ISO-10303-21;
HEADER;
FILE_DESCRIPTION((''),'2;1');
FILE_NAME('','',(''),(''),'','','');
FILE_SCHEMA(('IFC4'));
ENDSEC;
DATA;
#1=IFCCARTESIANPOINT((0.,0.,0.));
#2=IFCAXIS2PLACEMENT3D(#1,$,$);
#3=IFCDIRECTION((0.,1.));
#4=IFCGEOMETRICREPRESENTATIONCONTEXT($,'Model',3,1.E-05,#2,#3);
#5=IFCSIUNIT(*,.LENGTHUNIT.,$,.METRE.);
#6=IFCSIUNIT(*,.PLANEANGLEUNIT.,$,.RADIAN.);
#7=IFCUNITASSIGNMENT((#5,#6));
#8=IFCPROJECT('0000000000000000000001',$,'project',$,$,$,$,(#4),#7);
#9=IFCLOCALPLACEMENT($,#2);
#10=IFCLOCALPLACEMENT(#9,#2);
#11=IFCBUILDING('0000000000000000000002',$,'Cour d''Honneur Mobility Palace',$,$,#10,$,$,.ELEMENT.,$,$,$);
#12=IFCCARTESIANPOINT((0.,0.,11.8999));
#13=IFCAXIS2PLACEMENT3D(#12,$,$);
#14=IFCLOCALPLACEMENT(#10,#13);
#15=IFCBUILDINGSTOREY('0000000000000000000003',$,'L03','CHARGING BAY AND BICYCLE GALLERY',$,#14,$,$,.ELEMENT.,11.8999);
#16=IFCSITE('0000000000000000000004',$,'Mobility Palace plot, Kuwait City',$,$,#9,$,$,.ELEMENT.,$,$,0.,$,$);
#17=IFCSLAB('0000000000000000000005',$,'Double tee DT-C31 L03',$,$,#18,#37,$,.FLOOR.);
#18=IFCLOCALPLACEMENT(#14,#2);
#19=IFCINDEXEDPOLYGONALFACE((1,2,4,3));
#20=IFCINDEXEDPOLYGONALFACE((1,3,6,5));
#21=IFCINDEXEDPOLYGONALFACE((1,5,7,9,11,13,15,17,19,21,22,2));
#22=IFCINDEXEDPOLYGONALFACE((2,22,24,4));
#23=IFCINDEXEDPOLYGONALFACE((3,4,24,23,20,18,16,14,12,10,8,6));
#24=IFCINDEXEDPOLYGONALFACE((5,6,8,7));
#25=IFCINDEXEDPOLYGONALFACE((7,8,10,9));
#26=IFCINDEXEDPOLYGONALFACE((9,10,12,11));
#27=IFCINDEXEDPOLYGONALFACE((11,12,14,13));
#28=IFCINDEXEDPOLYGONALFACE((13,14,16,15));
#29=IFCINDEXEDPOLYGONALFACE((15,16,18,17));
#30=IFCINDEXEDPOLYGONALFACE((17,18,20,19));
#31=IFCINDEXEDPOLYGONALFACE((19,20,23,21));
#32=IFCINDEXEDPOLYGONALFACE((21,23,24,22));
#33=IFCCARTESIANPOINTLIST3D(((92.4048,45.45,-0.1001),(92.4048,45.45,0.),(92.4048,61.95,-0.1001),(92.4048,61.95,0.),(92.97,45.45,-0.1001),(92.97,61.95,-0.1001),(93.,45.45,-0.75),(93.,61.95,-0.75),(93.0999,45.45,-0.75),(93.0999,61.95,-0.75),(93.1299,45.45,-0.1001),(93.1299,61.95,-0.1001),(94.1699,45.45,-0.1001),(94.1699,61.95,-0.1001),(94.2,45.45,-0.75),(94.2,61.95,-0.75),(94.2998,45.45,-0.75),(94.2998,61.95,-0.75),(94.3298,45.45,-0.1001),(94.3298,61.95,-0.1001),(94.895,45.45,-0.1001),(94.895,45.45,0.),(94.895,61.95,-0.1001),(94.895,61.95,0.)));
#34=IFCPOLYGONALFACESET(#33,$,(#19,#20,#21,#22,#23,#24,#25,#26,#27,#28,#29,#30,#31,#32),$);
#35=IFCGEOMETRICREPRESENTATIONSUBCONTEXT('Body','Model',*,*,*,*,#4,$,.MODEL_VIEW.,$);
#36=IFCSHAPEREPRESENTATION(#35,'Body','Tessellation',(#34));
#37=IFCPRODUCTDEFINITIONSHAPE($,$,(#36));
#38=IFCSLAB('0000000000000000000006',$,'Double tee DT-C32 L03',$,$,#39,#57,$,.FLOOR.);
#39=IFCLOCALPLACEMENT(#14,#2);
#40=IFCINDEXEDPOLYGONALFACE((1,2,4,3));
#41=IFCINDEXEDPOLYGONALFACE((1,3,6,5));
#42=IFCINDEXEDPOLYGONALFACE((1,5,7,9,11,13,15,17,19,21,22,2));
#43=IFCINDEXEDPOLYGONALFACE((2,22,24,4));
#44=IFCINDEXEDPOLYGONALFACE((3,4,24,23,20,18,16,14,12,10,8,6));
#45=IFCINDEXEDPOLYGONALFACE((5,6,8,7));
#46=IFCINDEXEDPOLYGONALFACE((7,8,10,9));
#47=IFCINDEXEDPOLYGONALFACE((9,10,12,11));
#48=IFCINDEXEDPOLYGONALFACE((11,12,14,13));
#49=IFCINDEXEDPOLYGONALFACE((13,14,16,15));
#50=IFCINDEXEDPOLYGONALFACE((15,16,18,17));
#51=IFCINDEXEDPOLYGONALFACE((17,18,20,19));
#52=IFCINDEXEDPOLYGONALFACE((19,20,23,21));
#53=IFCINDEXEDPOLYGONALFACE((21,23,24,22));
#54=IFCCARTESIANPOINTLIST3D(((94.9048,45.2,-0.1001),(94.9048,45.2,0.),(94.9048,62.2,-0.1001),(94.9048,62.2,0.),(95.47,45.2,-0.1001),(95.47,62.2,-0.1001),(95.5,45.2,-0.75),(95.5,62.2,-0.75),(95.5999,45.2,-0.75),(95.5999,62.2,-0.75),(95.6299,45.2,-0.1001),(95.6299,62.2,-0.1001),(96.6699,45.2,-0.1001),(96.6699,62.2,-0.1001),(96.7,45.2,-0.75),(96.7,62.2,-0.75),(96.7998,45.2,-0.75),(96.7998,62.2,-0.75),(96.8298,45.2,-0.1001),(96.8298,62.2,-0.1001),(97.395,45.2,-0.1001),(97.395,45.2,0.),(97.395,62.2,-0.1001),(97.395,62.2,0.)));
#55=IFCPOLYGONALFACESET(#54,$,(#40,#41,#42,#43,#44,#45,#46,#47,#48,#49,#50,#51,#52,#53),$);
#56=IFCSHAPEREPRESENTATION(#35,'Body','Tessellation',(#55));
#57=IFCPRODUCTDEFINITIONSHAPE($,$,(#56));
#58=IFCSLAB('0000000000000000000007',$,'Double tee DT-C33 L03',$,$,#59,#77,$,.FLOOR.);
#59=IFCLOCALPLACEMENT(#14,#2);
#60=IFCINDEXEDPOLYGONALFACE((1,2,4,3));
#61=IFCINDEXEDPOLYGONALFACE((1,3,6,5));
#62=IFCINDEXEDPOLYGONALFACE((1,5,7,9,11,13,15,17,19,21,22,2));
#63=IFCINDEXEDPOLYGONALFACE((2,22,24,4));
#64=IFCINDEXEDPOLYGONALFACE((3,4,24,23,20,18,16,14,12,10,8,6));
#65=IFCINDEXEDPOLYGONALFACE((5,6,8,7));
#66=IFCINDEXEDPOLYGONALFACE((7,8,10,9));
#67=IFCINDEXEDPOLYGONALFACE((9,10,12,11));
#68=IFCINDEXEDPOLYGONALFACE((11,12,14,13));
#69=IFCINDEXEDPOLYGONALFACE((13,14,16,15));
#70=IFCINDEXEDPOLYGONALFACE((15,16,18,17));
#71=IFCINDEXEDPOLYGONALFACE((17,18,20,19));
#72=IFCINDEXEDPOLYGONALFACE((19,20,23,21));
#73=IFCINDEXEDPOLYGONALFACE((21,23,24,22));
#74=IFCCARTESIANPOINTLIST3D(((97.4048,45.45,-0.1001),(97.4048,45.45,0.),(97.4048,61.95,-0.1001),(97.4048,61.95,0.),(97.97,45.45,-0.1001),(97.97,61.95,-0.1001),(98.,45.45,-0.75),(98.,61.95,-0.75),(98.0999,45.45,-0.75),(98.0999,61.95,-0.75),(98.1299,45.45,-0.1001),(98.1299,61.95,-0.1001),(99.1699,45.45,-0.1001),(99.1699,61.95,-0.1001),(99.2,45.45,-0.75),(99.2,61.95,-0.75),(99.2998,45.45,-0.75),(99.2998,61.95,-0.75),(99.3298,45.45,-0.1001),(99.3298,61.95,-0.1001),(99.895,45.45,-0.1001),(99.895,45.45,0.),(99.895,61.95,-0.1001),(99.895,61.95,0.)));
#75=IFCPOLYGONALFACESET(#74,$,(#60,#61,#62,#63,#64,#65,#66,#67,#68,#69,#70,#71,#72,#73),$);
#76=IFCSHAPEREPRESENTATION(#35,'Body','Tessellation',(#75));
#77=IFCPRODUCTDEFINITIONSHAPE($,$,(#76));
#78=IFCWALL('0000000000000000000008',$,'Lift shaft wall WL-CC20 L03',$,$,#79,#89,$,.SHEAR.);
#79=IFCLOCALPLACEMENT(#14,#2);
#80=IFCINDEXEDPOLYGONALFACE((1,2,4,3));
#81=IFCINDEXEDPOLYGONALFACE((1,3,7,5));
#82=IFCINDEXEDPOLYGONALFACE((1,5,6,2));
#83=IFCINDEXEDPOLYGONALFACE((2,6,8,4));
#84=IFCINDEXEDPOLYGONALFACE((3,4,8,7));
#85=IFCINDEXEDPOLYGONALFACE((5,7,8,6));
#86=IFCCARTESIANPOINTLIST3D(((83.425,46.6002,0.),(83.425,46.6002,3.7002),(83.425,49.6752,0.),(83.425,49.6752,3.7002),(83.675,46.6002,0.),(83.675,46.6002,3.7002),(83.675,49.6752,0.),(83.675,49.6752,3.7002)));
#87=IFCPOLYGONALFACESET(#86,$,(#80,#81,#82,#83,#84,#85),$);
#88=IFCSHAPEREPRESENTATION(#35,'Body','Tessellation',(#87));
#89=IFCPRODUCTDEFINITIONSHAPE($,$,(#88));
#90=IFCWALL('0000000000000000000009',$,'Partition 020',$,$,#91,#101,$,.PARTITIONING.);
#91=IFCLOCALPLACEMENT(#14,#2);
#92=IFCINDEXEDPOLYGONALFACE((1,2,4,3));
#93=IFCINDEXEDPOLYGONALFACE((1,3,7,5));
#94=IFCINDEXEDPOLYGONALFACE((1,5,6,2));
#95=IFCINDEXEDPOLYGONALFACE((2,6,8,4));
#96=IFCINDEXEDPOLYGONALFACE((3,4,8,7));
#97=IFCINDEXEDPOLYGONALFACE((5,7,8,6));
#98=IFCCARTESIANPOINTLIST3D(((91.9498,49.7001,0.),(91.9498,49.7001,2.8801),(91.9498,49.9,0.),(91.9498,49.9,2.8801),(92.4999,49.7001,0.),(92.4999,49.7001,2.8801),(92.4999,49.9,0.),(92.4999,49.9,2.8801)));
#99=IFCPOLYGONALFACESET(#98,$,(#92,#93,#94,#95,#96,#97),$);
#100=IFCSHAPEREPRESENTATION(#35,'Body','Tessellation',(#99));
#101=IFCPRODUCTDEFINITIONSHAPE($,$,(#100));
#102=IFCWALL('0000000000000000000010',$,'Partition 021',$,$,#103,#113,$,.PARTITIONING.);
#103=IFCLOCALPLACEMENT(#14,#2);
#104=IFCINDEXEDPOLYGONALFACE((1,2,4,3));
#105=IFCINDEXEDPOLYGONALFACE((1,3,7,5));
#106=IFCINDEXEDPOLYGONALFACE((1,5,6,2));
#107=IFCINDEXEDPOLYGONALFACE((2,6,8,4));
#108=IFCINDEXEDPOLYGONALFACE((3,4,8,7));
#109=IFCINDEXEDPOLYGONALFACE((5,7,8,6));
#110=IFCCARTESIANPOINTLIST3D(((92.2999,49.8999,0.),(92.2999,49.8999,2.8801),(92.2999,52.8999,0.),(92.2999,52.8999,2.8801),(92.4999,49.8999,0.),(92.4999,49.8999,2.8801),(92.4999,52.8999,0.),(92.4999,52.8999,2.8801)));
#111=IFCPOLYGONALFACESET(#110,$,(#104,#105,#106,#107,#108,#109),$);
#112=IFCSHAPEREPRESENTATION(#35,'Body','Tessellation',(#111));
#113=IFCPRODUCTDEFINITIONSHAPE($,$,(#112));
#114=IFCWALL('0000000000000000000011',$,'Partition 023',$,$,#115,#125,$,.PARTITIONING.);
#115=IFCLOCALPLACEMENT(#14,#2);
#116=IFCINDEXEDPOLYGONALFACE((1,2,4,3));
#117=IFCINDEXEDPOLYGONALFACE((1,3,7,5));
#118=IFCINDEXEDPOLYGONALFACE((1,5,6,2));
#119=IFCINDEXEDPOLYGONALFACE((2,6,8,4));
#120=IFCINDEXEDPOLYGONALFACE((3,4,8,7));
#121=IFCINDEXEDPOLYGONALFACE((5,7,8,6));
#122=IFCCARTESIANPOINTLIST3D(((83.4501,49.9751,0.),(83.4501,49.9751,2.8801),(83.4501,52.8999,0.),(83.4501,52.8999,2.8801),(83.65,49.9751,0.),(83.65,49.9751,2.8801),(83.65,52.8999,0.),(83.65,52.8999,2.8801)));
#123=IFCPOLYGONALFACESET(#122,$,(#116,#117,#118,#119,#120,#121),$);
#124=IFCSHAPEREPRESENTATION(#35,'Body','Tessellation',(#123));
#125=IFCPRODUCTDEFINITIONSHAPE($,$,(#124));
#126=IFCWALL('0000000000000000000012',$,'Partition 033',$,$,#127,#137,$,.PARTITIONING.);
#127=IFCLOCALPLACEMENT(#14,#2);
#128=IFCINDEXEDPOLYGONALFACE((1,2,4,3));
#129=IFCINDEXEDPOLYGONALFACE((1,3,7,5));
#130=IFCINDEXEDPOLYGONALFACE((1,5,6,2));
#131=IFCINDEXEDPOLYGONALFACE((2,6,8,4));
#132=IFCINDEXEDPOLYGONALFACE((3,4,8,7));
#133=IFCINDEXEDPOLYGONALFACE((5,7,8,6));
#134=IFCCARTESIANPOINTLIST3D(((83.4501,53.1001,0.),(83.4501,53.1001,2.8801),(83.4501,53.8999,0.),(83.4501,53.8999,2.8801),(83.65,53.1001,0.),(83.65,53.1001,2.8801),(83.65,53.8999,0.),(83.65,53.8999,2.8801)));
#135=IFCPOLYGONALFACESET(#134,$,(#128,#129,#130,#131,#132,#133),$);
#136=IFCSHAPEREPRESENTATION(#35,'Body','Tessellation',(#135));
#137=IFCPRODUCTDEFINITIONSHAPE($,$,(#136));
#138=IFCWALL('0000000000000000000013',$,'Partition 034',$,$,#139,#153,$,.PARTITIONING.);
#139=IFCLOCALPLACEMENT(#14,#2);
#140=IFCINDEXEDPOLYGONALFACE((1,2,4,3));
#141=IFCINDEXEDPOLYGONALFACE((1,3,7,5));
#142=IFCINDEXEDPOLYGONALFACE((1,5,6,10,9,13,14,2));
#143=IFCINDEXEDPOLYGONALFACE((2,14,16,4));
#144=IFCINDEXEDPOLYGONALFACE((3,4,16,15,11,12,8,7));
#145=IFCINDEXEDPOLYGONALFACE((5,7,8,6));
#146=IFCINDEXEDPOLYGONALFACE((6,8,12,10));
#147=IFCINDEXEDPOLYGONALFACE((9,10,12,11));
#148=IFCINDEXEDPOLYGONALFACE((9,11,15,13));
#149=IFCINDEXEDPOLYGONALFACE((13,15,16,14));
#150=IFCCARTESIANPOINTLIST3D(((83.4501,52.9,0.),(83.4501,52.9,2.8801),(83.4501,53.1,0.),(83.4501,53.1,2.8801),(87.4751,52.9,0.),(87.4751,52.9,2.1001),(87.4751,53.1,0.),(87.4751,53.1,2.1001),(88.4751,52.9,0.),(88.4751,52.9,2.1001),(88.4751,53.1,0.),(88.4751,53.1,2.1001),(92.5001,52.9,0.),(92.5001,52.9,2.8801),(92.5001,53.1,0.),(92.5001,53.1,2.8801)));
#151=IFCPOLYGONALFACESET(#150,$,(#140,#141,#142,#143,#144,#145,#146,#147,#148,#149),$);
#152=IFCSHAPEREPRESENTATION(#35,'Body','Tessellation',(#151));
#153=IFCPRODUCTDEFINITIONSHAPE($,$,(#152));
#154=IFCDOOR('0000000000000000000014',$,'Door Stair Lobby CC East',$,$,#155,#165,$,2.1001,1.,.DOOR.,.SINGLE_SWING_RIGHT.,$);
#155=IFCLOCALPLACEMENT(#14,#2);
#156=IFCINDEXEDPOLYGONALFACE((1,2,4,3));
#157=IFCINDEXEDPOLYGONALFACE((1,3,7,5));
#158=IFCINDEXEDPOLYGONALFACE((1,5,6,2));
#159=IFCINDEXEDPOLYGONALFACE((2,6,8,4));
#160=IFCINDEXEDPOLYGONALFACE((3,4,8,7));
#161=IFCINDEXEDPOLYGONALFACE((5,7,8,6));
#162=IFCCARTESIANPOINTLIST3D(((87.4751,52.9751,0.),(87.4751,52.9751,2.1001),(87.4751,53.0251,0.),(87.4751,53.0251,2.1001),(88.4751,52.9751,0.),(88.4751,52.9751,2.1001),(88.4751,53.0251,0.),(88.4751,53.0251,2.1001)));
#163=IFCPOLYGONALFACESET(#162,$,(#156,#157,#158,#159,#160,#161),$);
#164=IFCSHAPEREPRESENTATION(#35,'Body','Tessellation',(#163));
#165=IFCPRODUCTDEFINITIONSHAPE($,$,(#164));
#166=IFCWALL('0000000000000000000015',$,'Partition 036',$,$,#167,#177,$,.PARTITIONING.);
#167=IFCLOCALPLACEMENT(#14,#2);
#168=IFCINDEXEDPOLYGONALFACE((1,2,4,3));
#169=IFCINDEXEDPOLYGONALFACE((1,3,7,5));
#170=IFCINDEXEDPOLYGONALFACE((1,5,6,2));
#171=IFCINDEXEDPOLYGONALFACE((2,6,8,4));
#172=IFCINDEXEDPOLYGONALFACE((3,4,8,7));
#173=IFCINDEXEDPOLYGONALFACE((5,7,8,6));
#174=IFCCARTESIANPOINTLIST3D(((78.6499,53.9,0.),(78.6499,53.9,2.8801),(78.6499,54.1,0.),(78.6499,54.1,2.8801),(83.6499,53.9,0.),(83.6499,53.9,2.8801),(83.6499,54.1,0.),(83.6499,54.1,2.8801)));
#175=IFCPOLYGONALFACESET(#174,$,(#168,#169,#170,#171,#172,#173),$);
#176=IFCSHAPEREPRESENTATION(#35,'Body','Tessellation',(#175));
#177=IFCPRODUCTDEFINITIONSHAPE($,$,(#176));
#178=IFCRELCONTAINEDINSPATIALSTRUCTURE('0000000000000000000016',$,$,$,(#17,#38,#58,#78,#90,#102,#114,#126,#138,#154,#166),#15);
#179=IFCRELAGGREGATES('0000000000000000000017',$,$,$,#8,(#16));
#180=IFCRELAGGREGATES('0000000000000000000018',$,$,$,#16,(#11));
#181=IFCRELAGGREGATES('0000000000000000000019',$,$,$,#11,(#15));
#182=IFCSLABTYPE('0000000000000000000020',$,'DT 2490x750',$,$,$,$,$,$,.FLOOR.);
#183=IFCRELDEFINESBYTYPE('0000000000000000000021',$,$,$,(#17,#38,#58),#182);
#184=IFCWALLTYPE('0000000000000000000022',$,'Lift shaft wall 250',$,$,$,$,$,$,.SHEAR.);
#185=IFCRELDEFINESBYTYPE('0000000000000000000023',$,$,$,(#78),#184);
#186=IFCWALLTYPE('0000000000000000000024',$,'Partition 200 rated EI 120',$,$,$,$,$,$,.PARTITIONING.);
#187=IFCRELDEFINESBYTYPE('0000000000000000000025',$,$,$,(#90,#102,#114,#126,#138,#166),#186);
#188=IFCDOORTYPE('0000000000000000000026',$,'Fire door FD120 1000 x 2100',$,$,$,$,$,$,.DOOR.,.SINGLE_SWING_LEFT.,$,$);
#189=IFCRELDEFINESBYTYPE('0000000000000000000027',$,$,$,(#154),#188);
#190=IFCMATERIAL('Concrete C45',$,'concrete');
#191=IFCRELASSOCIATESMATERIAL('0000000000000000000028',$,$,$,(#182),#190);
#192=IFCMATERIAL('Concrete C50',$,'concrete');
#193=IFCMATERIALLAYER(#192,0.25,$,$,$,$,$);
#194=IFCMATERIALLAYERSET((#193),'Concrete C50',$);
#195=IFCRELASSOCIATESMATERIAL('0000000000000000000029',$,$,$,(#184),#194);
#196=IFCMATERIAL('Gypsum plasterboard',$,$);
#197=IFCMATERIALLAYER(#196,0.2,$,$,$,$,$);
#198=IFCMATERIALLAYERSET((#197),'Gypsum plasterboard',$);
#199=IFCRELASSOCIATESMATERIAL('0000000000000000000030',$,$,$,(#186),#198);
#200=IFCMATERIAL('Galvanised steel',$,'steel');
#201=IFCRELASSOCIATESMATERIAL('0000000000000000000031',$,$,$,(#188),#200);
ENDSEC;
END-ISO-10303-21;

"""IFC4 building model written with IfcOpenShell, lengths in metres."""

from ifc_helpers import new_model, si_unit, direction, frame, frame_2d, origin, place, context, subcontext, project, spatial, polyline, rectangle, outline, extrude, material, layer, layer_set, material_profile, profile_set, type_object, element, fill, save


model = new_model("IFC4")

# Units and contexts
model_context = context("Model", 3, precision=1e-05, world=origin(), true_north=direction((0.0, 1.0)))
body_context = subcontext(model_context, "Body", "Model", "MODEL_VIEW")
ifc_project = project(units=[si_unit("LENGTHUNIT", "METRE"), si_unit("PLANEANGLEUNIT", "RADIAN")], contexts=[model_context])

# Site, building, storey
site_placement = place(None, origin())
site = spatial("IfcSite", under=ifc_project, at=site_placement, Name="Mobility Palace plot, Kuwait City", CompositionType="ELEMENT", RefElevation=0.0)
building_placement = place(site_placement, origin())
building = spatial("IfcBuilding", under=site, at=building_placement, Name="Cour d'Honneur Mobility Palace", CompositionType="ELEMENT")
storey_placement = place(building_placement, frame((0.0, 0.0, 11.8999)))
storey = spatial("IfcBuildingStorey", under=building, at=storey_placement, Name="L03", Description="CHARGING BAY AND BICYCLE GALLERY", CompositionType="ELEMENT", Elevation=11.8999)

# Slabs
ifc_material_1 = material(Name="Concrete C45", Category="concrete")
ifc_material_profile_1 = material_profile(ifc_material_1, outline(polyline([(-1.2451, 0.0), (1.2451, 0.0), (1.2451, -0.1001), (0.6799, -0.1001), (0.6499, -0.75), (0.55, -0.75), (0.52, -0.1001), (-0.52, -0.1001), (-0.55, -0.75), (-0.6499, -0.75), (-0.6799, -0.1001), (-1.2451, -0.1001), (-1.2451, 0.0)])), Name="DT 2490x750")
ifc_profile_set_1 = profile_set([ifc_material_profile_1], Name="Concrete C45")
slab_type_1 = type_object("IfcSlabType", Name="DT 2490x750", PredefinedType="FLOOR", material=ifc_profile_set_1)
slab_1_placement = place(storey_placement, frame((93.6499, 45.45, 0.0), z_axis=(0.0, 1.0, 0.0), x_axis=(-1.0, 0.0, 0.0)))
element("IfcSlab", 1, at=slab_1_placement, inside=storey, type_object=slab_type_1, Name="Double tee DT-C31 L03", PredefinedType="FLOOR", context=body_context, shape_type="SweptSolid", body=[
    extrude(outline(polyline([(-1.2451, 0.0), (1.2451, 0.0), (1.2451, -0.1001), (0.6799, -0.1001), (0.6499, -0.75), (0.55, -0.75), (0.52, -0.1001), (-0.52, -0.1001), (-0.55, -0.75), (-0.6499, -0.75), (-0.6799, -0.1001), (-1.2451, -0.1001), (-1.2451, 0.0)])), origin(), (0.0, 0.0, 1.0), 16.5),
])
slab_2_placement = place(storey_placement, frame((96.1499, 45.2, 0.0), z_axis=(0.0, 1.0, 0.0), x_axis=(-1.0, 0.0, 0.0)))
element("IfcSlab", 2, at=slab_2_placement, inside=storey, type_object=slab_type_1, Name="Double tee DT-C32 L03", PredefinedType="FLOOR", context=body_context, shape_type="SweptSolid", body=[
    extrude(outline(polyline([(-1.2451, 0.0), (1.2451, 0.0), (1.2451, -0.1001), (0.6799, -0.1001), (0.6499, -0.75), (0.55, -0.75), (0.52, -0.1001), (-0.52, -0.1001), (-0.55, -0.75), (-0.6499, -0.75), (-0.6799, -0.1001), (-1.2451, -0.1001), (-1.2451, 0.0)])), origin(), (0.0, 0.0, 1.0), 17.0),
])
slab_3_placement = place(storey_placement, frame((98.6499, 45.45, 0.0), z_axis=(0.0, 1.0, 0.0), x_axis=(-1.0, 0.0, 0.0)))
element("IfcSlab", 3, at=slab_3_placement, inside=storey, type_object=slab_type_1, Name="Double tee DT-C33 L03", PredefinedType="FLOOR", context=body_context, shape_type="SweptSolid", body=[
    extrude(outline(polyline([(-1.2451, 0.0), (1.2451, 0.0), (1.2451, -0.1001), (0.6799, -0.1001), (0.6499, -0.75), (0.55, -0.75), (0.52, -0.1001), (-0.52, -0.1001), (-0.55, -0.75), (-0.6499, -0.75), (-0.6799, -0.1001), (-1.2451, -0.1001), (-1.2451, 0.0)])), origin(), (0.0, 0.0, 1.0), 16.5),
])

# Walls
ifc_material_2 = material(Name="Concrete C50", Category="concrete")
ifc_layer_1 = layer(ifc_material_2, 0.25)
ifc_layer_set_1 = layer_set([ifc_layer_1], Name="Concrete C50")
wall_type_1 = type_object("IfcWallType", Name="Lift shaft wall 250", PredefinedType="SHEAR", material=ifc_layer_set_1)
wall_1_placement = place(storey_placement, frame((83.55, 46.6001, 0.0), z_axis=(0.0, 0.0, 1.0), x_axis=(0.0, 1.0, 0.0)))
element("IfcWall", 4, at=wall_1_placement, inside=storey, type_object=wall_type_1, Name="Lift shaft wall WL-CC20 L03", PredefinedType="SHEAR", context=body_context, shape_type="SweptSolid", body=[
    extrude(rectangle(XDim=3.075, YDim=0.25, at=frame_2d((1.5376, 0.0))), origin(), (0.0, 0.0, 1.0), 3.7002),
])
ifc_material_3 = material(Name="Gypsum plasterboard")
ifc_layer_2 = layer(ifc_material_3, 0.2)
ifc_layer_set_2 = layer_set([ifc_layer_2], Name="Gypsum plasterboard")
wall_type_2 = type_object("IfcWallType", Name="Partition 200 rated EI 120", PredefinedType="PARTITIONING", material=ifc_layer_set_2)
wall_2_placement = place(storey_placement, frame((91.95, 49.8, 0.0), z_axis=(0.0, 0.0, 1.0), x_axis=(1.0, 0.0, 0.0)))
element("IfcWall", 5, at=wall_2_placement, inside=storey, type_object=wall_type_2, Name="Partition 020", PredefinedType="PARTITIONING", context=body_context, shape_type="SweptSolid", body=[
    extrude(rectangle(XDim=0.55, YDim=0.2, at=frame_2d((0.2749, 0.0))), origin(), (0.0, 0.0, 1.0), 2.8801),
])
wall_3_placement = place(storey_placement, frame((92.3999, 49.8999, 0.0), z_axis=(0.0, 0.0, 1.0), x_axis=(0.0, 1.0, 0.0)))
element("IfcWall", 6, at=wall_3_placement, inside=storey, type_object=wall_type_2, Name="Partition 021", PredefinedType="PARTITIONING", context=body_context, shape_type="SweptSolid", body=[
    extrude(rectangle(XDim=3.0, YDim=0.2, at=frame_2d((1.5, 0.0))), origin(), (0.0, 0.0, 1.0), 2.8801),
])
wall_4_placement = place(storey_placement, frame((83.55, 49.9751, 0.0), z_axis=(0.0, 0.0, 1.0), x_axis=(0.0, 1.0, 0.0)))
element("IfcWall", 7, at=wall_4_placement, inside=storey, type_object=wall_type_2, Name="Partition 023", PredefinedType="PARTITIONING", context=body_context, shape_type="SweptSolid", body=[
    extrude(rectangle(XDim=2.9248, YDim=0.2, at=frame_2d((1.4624, 0.0))), origin(), (0.0, 0.0, 1.0), 2.8801),
])
wall_5_placement = place(storey_placement, frame((83.55, 53.1001, 0.0), z_axis=(0.0, 0.0, 1.0), x_axis=(0.0, 1.0, 0.0)))
element("IfcWall", 8, at=wall_5_placement, inside=storey, type_object=wall_type_2, Name="Partition 033", PredefinedType="PARTITIONING", context=body_context, shape_type="SweptSolid", body=[
    extrude(rectangle(XDim=0.7998, YDim=0.2, at=frame_2d((0.3999, 0.0))), origin(), (0.0, 0.0, 1.0), 2.8801),
])

# Wall, opening, door
wall_6_placement = place(storey_placement, frame((92.5, 53.0, 0.0), z_axis=(0.0, 0.0, 1.0), x_axis=(-1.0, 0.0, 0.0)))
wall_6 = element("IfcWall", 9, at=wall_6_placement, inside=storey, type_object=wall_type_2, Name="Partition 034", PredefinedType="PARTITIONING", context=body_context, shape_type="SweptSolid", body=[
    extrude(rectangle(XDim=9.05, YDim=0.2, at=frame_2d((4.5249, 0.0))), origin(), (0.0, 0.0, 1.0), 2.8801),
])
opening_1_placement = place(wall_6_placement, frame((4.0249, 0.0, 0.0)))
opening_1 = element("IfcOpeningElement", 10, at=opening_1_placement, cuts=wall_6, PredefinedType="OPENING", context=body_context, shape_type="SweptSolid", body=[
    extrude(rectangle(XDim=1.0, YDim=2.1001, at=frame_2d((0.5, 1.05))), frame((0.0, 0.1099, 0.0), z_axis=(0.0, -1.0, 0.0), x_axis=(1.0, 0.0, 0.0)), (0.0, 0.0, 1.0), 0.22),
])
ifc_material_4 = material(Name="Galvanised steel", Category="steel")
door_type_1 = type_object("IfcDoorType", Name="Fire door FD120 1000 x 2100", OperationType="SINGLE_SWING_LEFT", PredefinedType="DOOR", material=ifc_material_4)
door_1_placement = place(opening_1_placement, origin())
door_1 = element("IfcDoor", 11, at=door_1_placement, inside=storey, type_object=door_type_1, Name="Door Stair Lobby CC East", OperationType="SINGLE_SWING_RIGHT", OverallHeight=2.1001, OverallWidth=1.0, PredefinedType="DOOR", context=body_context, shape_type="SweptSolid", body=[
    extrude(rectangle(XDim=1.0, YDim=2.1001, at=frame_2d((0.5, 1.05))), frame((0.0, 0.0249, 0.0), z_axis=(0.0, -1.0, 0.0), x_axis=(1.0, 0.0, 0.0)), (0.0, 0.0, 1.0), 0.05),
])
fill(opening_1, door_1)

# Wall
wall_7_placement = place(storey_placement, frame((83.6499, 54.0, 0.0), z_axis=(0.0, 0.0, 1.0), x_axis=(-1.0, 0.0, 0.0)))
element("IfcWall", 12, at=wall_7_placement, inside=storey, type_object=wall_type_2, Name="Partition 036", PredefinedType="PARTITIONING", context=body_context, shape_type="SweptSolid", body=[
    extrude(rectangle(XDim=5.0, YDim=0.2, at=frame_2d((2.5, 0.0))), origin(), (0.0, 0.0, 1.0), 2.8801),
])

save(model, "model.ifc")
